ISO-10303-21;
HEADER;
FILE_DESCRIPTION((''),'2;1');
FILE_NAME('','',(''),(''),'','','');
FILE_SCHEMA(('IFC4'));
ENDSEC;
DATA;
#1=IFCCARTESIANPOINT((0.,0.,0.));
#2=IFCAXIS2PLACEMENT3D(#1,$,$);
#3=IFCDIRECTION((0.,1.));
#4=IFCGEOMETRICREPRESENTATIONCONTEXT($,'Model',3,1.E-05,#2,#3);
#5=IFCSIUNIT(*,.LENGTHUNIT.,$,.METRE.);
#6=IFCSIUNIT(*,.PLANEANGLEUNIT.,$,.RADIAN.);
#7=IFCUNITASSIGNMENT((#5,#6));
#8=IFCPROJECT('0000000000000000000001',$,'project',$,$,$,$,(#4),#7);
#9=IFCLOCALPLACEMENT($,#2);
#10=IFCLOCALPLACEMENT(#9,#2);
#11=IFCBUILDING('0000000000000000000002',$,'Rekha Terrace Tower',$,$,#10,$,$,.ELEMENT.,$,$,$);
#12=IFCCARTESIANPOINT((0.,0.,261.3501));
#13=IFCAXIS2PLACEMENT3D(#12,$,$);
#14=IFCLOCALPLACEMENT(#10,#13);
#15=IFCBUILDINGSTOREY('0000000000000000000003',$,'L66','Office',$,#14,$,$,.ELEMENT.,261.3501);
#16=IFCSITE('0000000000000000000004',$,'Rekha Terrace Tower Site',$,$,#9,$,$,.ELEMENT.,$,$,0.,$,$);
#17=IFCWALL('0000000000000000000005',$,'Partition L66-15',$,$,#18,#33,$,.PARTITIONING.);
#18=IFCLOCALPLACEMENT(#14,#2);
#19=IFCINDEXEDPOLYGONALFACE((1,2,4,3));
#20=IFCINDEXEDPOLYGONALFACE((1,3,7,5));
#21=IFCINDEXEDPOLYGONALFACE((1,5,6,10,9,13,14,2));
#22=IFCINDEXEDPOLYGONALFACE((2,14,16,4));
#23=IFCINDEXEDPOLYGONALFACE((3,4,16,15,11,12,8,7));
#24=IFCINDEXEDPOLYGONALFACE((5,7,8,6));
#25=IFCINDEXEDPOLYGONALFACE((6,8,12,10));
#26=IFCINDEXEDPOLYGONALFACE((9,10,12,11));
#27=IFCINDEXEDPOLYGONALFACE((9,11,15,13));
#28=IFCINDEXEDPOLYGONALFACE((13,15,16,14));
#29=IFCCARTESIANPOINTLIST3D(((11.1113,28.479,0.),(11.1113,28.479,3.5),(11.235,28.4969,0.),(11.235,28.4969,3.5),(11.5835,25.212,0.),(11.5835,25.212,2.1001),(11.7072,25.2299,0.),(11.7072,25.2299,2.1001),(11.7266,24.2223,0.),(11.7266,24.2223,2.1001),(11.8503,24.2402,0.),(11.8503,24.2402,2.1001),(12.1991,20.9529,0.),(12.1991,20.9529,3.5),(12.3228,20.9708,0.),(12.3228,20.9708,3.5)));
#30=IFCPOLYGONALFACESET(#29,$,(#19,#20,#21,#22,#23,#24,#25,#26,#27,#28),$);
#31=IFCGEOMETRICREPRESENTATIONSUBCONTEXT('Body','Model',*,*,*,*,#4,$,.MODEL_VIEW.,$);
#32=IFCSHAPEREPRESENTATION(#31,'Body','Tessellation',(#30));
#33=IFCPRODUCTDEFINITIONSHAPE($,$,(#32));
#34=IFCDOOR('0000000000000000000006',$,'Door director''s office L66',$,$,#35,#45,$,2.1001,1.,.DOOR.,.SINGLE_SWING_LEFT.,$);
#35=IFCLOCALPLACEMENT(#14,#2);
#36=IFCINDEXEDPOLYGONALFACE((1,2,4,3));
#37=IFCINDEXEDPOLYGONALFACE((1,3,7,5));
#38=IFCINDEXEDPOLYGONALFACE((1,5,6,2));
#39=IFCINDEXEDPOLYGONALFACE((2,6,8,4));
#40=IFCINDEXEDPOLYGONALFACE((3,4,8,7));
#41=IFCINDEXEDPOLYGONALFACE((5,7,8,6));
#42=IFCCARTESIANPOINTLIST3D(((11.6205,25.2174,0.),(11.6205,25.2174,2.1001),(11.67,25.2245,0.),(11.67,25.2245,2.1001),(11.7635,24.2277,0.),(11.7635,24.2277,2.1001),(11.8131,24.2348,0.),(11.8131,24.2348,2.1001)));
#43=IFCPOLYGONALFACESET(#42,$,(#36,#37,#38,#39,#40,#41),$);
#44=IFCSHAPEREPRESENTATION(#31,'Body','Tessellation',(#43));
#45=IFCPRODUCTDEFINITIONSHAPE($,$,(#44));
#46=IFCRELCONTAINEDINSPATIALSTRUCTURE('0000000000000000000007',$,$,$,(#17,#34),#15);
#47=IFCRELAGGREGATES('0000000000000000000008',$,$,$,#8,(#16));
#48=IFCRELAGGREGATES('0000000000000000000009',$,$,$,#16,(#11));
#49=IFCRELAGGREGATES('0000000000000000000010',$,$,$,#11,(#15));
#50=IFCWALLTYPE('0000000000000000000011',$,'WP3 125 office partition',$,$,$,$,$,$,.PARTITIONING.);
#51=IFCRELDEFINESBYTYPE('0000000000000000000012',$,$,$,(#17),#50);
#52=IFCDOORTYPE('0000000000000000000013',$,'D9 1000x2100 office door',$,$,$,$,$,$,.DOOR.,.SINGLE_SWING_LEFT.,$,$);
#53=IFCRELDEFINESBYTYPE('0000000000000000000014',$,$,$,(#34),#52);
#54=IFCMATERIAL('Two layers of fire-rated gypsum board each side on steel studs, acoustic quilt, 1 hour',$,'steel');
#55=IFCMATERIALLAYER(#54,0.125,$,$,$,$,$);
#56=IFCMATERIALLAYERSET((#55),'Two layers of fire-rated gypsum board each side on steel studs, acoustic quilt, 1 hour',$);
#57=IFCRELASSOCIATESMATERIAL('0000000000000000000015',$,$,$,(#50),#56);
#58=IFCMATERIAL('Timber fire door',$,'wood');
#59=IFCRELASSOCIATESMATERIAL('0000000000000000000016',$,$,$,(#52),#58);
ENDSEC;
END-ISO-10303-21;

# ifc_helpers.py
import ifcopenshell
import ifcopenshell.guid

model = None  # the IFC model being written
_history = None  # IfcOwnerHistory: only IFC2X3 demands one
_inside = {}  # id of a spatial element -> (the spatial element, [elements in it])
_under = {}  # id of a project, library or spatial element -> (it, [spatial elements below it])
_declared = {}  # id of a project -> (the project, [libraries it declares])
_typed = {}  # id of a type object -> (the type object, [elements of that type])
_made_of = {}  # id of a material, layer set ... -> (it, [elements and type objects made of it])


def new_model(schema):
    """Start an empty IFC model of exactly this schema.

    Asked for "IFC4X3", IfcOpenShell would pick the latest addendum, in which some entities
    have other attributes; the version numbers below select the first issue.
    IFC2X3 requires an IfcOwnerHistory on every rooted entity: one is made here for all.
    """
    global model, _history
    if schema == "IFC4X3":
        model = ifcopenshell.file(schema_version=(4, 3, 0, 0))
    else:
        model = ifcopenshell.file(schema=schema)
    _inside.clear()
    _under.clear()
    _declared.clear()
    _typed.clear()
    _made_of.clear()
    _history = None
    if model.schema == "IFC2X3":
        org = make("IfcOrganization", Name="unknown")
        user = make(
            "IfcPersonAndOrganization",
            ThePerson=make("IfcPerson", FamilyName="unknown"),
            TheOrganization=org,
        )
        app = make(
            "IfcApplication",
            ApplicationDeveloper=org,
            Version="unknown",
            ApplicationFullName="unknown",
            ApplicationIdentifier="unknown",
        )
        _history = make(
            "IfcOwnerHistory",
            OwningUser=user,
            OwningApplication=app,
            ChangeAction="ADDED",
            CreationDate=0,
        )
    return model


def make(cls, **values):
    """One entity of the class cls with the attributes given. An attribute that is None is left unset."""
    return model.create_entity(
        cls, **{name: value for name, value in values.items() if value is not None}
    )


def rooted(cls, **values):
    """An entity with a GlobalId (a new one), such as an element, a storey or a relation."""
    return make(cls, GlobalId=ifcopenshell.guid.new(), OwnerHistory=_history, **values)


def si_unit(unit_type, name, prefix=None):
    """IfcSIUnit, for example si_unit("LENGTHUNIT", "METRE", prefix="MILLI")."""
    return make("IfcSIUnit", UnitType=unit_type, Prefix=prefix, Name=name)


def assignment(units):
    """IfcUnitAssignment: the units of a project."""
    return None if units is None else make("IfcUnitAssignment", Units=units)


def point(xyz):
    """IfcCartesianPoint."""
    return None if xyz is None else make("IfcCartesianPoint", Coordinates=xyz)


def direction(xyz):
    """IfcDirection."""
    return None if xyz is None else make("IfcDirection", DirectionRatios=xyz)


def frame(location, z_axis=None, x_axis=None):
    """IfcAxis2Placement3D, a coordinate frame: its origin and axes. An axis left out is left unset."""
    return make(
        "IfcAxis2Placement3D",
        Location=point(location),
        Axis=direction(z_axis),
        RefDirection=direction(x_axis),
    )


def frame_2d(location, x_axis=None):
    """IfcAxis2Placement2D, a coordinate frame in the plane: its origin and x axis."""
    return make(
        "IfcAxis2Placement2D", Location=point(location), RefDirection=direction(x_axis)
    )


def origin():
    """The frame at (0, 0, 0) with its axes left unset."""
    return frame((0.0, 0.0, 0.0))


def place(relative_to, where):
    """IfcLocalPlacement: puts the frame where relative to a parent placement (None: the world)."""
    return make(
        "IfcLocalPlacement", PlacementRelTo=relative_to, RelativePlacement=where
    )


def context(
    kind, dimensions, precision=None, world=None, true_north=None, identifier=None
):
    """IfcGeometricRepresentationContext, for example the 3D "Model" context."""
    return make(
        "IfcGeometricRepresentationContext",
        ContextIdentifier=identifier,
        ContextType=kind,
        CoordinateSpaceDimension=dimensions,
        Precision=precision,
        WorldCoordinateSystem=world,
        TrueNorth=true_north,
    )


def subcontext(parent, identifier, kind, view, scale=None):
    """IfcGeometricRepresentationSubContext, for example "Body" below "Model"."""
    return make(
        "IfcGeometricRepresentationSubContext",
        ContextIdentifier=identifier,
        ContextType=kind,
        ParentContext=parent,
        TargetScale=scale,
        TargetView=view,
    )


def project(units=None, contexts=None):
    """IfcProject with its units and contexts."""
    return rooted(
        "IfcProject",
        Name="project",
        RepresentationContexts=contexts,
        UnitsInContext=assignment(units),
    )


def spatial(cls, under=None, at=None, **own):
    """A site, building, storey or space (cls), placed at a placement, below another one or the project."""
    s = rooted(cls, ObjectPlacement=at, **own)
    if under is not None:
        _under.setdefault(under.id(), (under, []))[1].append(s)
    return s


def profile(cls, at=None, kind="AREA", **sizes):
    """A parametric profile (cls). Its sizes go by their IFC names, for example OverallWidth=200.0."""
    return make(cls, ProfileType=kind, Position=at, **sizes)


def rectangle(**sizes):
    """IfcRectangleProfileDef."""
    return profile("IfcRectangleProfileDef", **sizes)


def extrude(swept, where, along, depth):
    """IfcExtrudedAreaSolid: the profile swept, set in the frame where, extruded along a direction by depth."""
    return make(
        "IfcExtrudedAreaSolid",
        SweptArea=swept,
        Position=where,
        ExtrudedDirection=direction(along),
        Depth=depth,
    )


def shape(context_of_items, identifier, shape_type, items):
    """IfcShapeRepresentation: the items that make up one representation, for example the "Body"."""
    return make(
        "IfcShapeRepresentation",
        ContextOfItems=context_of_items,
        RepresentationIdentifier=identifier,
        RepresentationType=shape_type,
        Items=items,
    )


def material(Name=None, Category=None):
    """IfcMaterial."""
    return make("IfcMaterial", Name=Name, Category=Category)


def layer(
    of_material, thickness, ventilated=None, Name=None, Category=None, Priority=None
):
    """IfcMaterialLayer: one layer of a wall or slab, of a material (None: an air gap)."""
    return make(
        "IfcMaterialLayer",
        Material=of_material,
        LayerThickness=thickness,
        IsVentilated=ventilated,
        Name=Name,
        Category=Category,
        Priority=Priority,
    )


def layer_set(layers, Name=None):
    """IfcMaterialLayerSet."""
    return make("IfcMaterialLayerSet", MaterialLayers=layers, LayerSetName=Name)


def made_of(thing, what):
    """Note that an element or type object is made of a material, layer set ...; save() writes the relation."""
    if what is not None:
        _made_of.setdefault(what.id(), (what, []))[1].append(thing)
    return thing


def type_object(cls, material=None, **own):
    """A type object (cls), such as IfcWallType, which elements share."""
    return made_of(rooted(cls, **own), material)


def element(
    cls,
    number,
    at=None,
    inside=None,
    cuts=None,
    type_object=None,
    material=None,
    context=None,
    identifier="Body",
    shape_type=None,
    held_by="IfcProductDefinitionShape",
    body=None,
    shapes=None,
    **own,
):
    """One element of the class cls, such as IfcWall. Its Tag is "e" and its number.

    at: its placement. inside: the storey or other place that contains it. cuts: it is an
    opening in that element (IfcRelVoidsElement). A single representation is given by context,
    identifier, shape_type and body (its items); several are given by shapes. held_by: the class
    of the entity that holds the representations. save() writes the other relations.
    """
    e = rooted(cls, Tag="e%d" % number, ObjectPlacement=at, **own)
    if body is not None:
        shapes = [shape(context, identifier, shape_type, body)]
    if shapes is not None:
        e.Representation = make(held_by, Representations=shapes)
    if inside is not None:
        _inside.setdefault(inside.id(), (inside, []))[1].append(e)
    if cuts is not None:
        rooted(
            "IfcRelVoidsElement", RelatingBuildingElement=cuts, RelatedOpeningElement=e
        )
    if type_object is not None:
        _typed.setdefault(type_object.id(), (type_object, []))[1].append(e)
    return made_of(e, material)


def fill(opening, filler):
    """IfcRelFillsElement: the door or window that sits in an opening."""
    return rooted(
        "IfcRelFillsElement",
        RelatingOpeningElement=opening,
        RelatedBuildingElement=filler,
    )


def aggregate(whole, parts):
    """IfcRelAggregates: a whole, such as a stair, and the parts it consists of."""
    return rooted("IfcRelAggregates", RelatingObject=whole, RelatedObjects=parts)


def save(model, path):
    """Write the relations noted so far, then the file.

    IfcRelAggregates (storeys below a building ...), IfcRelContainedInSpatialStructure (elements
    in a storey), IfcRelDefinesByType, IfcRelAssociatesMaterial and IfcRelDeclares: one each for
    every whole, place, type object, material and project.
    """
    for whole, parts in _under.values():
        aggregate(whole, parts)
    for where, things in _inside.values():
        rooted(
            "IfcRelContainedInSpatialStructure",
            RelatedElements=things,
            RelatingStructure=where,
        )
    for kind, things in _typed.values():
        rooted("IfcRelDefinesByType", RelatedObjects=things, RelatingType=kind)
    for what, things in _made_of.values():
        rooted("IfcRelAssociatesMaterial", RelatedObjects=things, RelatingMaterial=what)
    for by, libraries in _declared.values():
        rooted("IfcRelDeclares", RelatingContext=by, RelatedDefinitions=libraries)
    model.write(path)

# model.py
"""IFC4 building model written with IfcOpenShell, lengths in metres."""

from ifc_helpers import new_model, si_unit, direction, frame, frame_2d, origin, place, context, subcontext, project, spatial, rectangle, extrude, material, layer, layer_set, type_object, element, fill, save


model = new_model("IFC4")

# Units and contexts
model_context = context("Model", 3, precision=1e-05, world=origin(), true_north=direction((0.0, 1.0)))
body_context = subcontext(model_context, "Body", "Model", "MODEL_VIEW")
ifc_project = project(units=[si_unit("LENGTHUNIT", "METRE"), si_unit("PLANEANGLEUNIT", "RADIAN")], contexts=[model_context])

# Site, building, storey
site_placement = place(None, origin())
site = spatial("IfcSite", under=ifc_project, at=site_placement, Name="Rekha Terrace Tower Site", CompositionType="ELEMENT", RefElevation=0.0)
building_placement = place(site_placement, origin())
building = spatial("IfcBuilding", under=site, at=building_placement, Name="Rekha Terrace Tower", CompositionType="ELEMENT")
storey_placement = place(building_placement, frame((0.0, 0.0, 261.3501)))
storey = spatial("IfcBuildingStorey", under=building, at=storey_placement, Name="L66", Description="Office", CompositionType="ELEMENT", Elevation=261.3501)

# Shared definitions
ifc_material_1 = material(Name="Two layers of fire-rated gypsum board each side on steel studs, acoustic quilt, 1 hour", Category="steel")
ifc_layer_1 = layer(ifc_material_1, 0.125)
ifc_layer_set_1 = layer_set([ifc_layer_1], Name="Two layers of fire-rated gypsum board each side on steel studs, acoustic quilt, 1 hour")
wall_type = type_object("IfcWallType", Name="WP3 125 office partition", PredefinedType="PARTITIONING", material=ifc_layer_set_1)

# Shared definitions
ifc_material_2 = material(Name="Timber fire door", Category="wood")
door_type = type_object("IfcDoorType", Name="D9 1000x2100 office door", OperationType="SINGLE_SWING_LEFT", PredefinedType="DOOR", material=ifc_material_2)

# Wall, opening, door
wall_1_placement = place(storey_placement, frame((11.1731, 28.488, 0.0), z_axis=(0.0, 0.0, 1.0), x_axis=(0.143062, -0.989714, 0.0)))
wall_1 = element("IfcWall", 1, at=wall_1_placement, inside=storey, type_object=wall_type, Name="Partition L66-15", PredefinedType="PARTITIONING", context=body_context, shape_type="SweptSolid", body=[
    extrude(rectangle(XDim=7.6042, YDim=0.125, at=frame_2d((3.8022, 0.0))), origin(), (0.0, 0.0, 1.0), 3.5),
])
opening_1_placement = place(wall_1_placement, frame((3.301, 0.0, 0.0)))
opening_1 = element("IfcOpeningElement", 2, at=opening_1_placement, cuts=wall_1, PredefinedType="OPENING", context=body_context, shape_type="SweptSolid", body=[
    extrude(rectangle(XDim=1.0, YDim=2.1001, at=frame_2d((0.5, 1.05))), frame((0.0, 0.0725, 0.0), z_axis=(0.0, -1.0, 0.0), x_axis=(1.0, 0.0, 0.0)), (0.0, 0.0, 1.0), 0.145),
])
door_1_placement = place(opening_1_placement, origin())
door_1 = element("IfcDoor", 3, at=door_1_placement, inside=storey, type_object=door_type, Name="Door director's office L66", OperationType="SINGLE_SWING_LEFT", OverallHeight=2.1001, OverallWidth=1.0, PredefinedType="DOOR", context=body_context, shape_type="SweptSolid", body=[
    extrude(rectangle(XDim=1.0, YDim=2.1001, at=frame_2d((0.5, 1.05))), frame((0.0, 0.0249, 0.0), z_axis=(0.0, -1.0, 0.0), x_axis=(1.0, 0.0, 0.0)), (0.0, 0.0, 1.0), 0.05),
])
fill(opening_1, door_1)

save(model, "model.ifc")
